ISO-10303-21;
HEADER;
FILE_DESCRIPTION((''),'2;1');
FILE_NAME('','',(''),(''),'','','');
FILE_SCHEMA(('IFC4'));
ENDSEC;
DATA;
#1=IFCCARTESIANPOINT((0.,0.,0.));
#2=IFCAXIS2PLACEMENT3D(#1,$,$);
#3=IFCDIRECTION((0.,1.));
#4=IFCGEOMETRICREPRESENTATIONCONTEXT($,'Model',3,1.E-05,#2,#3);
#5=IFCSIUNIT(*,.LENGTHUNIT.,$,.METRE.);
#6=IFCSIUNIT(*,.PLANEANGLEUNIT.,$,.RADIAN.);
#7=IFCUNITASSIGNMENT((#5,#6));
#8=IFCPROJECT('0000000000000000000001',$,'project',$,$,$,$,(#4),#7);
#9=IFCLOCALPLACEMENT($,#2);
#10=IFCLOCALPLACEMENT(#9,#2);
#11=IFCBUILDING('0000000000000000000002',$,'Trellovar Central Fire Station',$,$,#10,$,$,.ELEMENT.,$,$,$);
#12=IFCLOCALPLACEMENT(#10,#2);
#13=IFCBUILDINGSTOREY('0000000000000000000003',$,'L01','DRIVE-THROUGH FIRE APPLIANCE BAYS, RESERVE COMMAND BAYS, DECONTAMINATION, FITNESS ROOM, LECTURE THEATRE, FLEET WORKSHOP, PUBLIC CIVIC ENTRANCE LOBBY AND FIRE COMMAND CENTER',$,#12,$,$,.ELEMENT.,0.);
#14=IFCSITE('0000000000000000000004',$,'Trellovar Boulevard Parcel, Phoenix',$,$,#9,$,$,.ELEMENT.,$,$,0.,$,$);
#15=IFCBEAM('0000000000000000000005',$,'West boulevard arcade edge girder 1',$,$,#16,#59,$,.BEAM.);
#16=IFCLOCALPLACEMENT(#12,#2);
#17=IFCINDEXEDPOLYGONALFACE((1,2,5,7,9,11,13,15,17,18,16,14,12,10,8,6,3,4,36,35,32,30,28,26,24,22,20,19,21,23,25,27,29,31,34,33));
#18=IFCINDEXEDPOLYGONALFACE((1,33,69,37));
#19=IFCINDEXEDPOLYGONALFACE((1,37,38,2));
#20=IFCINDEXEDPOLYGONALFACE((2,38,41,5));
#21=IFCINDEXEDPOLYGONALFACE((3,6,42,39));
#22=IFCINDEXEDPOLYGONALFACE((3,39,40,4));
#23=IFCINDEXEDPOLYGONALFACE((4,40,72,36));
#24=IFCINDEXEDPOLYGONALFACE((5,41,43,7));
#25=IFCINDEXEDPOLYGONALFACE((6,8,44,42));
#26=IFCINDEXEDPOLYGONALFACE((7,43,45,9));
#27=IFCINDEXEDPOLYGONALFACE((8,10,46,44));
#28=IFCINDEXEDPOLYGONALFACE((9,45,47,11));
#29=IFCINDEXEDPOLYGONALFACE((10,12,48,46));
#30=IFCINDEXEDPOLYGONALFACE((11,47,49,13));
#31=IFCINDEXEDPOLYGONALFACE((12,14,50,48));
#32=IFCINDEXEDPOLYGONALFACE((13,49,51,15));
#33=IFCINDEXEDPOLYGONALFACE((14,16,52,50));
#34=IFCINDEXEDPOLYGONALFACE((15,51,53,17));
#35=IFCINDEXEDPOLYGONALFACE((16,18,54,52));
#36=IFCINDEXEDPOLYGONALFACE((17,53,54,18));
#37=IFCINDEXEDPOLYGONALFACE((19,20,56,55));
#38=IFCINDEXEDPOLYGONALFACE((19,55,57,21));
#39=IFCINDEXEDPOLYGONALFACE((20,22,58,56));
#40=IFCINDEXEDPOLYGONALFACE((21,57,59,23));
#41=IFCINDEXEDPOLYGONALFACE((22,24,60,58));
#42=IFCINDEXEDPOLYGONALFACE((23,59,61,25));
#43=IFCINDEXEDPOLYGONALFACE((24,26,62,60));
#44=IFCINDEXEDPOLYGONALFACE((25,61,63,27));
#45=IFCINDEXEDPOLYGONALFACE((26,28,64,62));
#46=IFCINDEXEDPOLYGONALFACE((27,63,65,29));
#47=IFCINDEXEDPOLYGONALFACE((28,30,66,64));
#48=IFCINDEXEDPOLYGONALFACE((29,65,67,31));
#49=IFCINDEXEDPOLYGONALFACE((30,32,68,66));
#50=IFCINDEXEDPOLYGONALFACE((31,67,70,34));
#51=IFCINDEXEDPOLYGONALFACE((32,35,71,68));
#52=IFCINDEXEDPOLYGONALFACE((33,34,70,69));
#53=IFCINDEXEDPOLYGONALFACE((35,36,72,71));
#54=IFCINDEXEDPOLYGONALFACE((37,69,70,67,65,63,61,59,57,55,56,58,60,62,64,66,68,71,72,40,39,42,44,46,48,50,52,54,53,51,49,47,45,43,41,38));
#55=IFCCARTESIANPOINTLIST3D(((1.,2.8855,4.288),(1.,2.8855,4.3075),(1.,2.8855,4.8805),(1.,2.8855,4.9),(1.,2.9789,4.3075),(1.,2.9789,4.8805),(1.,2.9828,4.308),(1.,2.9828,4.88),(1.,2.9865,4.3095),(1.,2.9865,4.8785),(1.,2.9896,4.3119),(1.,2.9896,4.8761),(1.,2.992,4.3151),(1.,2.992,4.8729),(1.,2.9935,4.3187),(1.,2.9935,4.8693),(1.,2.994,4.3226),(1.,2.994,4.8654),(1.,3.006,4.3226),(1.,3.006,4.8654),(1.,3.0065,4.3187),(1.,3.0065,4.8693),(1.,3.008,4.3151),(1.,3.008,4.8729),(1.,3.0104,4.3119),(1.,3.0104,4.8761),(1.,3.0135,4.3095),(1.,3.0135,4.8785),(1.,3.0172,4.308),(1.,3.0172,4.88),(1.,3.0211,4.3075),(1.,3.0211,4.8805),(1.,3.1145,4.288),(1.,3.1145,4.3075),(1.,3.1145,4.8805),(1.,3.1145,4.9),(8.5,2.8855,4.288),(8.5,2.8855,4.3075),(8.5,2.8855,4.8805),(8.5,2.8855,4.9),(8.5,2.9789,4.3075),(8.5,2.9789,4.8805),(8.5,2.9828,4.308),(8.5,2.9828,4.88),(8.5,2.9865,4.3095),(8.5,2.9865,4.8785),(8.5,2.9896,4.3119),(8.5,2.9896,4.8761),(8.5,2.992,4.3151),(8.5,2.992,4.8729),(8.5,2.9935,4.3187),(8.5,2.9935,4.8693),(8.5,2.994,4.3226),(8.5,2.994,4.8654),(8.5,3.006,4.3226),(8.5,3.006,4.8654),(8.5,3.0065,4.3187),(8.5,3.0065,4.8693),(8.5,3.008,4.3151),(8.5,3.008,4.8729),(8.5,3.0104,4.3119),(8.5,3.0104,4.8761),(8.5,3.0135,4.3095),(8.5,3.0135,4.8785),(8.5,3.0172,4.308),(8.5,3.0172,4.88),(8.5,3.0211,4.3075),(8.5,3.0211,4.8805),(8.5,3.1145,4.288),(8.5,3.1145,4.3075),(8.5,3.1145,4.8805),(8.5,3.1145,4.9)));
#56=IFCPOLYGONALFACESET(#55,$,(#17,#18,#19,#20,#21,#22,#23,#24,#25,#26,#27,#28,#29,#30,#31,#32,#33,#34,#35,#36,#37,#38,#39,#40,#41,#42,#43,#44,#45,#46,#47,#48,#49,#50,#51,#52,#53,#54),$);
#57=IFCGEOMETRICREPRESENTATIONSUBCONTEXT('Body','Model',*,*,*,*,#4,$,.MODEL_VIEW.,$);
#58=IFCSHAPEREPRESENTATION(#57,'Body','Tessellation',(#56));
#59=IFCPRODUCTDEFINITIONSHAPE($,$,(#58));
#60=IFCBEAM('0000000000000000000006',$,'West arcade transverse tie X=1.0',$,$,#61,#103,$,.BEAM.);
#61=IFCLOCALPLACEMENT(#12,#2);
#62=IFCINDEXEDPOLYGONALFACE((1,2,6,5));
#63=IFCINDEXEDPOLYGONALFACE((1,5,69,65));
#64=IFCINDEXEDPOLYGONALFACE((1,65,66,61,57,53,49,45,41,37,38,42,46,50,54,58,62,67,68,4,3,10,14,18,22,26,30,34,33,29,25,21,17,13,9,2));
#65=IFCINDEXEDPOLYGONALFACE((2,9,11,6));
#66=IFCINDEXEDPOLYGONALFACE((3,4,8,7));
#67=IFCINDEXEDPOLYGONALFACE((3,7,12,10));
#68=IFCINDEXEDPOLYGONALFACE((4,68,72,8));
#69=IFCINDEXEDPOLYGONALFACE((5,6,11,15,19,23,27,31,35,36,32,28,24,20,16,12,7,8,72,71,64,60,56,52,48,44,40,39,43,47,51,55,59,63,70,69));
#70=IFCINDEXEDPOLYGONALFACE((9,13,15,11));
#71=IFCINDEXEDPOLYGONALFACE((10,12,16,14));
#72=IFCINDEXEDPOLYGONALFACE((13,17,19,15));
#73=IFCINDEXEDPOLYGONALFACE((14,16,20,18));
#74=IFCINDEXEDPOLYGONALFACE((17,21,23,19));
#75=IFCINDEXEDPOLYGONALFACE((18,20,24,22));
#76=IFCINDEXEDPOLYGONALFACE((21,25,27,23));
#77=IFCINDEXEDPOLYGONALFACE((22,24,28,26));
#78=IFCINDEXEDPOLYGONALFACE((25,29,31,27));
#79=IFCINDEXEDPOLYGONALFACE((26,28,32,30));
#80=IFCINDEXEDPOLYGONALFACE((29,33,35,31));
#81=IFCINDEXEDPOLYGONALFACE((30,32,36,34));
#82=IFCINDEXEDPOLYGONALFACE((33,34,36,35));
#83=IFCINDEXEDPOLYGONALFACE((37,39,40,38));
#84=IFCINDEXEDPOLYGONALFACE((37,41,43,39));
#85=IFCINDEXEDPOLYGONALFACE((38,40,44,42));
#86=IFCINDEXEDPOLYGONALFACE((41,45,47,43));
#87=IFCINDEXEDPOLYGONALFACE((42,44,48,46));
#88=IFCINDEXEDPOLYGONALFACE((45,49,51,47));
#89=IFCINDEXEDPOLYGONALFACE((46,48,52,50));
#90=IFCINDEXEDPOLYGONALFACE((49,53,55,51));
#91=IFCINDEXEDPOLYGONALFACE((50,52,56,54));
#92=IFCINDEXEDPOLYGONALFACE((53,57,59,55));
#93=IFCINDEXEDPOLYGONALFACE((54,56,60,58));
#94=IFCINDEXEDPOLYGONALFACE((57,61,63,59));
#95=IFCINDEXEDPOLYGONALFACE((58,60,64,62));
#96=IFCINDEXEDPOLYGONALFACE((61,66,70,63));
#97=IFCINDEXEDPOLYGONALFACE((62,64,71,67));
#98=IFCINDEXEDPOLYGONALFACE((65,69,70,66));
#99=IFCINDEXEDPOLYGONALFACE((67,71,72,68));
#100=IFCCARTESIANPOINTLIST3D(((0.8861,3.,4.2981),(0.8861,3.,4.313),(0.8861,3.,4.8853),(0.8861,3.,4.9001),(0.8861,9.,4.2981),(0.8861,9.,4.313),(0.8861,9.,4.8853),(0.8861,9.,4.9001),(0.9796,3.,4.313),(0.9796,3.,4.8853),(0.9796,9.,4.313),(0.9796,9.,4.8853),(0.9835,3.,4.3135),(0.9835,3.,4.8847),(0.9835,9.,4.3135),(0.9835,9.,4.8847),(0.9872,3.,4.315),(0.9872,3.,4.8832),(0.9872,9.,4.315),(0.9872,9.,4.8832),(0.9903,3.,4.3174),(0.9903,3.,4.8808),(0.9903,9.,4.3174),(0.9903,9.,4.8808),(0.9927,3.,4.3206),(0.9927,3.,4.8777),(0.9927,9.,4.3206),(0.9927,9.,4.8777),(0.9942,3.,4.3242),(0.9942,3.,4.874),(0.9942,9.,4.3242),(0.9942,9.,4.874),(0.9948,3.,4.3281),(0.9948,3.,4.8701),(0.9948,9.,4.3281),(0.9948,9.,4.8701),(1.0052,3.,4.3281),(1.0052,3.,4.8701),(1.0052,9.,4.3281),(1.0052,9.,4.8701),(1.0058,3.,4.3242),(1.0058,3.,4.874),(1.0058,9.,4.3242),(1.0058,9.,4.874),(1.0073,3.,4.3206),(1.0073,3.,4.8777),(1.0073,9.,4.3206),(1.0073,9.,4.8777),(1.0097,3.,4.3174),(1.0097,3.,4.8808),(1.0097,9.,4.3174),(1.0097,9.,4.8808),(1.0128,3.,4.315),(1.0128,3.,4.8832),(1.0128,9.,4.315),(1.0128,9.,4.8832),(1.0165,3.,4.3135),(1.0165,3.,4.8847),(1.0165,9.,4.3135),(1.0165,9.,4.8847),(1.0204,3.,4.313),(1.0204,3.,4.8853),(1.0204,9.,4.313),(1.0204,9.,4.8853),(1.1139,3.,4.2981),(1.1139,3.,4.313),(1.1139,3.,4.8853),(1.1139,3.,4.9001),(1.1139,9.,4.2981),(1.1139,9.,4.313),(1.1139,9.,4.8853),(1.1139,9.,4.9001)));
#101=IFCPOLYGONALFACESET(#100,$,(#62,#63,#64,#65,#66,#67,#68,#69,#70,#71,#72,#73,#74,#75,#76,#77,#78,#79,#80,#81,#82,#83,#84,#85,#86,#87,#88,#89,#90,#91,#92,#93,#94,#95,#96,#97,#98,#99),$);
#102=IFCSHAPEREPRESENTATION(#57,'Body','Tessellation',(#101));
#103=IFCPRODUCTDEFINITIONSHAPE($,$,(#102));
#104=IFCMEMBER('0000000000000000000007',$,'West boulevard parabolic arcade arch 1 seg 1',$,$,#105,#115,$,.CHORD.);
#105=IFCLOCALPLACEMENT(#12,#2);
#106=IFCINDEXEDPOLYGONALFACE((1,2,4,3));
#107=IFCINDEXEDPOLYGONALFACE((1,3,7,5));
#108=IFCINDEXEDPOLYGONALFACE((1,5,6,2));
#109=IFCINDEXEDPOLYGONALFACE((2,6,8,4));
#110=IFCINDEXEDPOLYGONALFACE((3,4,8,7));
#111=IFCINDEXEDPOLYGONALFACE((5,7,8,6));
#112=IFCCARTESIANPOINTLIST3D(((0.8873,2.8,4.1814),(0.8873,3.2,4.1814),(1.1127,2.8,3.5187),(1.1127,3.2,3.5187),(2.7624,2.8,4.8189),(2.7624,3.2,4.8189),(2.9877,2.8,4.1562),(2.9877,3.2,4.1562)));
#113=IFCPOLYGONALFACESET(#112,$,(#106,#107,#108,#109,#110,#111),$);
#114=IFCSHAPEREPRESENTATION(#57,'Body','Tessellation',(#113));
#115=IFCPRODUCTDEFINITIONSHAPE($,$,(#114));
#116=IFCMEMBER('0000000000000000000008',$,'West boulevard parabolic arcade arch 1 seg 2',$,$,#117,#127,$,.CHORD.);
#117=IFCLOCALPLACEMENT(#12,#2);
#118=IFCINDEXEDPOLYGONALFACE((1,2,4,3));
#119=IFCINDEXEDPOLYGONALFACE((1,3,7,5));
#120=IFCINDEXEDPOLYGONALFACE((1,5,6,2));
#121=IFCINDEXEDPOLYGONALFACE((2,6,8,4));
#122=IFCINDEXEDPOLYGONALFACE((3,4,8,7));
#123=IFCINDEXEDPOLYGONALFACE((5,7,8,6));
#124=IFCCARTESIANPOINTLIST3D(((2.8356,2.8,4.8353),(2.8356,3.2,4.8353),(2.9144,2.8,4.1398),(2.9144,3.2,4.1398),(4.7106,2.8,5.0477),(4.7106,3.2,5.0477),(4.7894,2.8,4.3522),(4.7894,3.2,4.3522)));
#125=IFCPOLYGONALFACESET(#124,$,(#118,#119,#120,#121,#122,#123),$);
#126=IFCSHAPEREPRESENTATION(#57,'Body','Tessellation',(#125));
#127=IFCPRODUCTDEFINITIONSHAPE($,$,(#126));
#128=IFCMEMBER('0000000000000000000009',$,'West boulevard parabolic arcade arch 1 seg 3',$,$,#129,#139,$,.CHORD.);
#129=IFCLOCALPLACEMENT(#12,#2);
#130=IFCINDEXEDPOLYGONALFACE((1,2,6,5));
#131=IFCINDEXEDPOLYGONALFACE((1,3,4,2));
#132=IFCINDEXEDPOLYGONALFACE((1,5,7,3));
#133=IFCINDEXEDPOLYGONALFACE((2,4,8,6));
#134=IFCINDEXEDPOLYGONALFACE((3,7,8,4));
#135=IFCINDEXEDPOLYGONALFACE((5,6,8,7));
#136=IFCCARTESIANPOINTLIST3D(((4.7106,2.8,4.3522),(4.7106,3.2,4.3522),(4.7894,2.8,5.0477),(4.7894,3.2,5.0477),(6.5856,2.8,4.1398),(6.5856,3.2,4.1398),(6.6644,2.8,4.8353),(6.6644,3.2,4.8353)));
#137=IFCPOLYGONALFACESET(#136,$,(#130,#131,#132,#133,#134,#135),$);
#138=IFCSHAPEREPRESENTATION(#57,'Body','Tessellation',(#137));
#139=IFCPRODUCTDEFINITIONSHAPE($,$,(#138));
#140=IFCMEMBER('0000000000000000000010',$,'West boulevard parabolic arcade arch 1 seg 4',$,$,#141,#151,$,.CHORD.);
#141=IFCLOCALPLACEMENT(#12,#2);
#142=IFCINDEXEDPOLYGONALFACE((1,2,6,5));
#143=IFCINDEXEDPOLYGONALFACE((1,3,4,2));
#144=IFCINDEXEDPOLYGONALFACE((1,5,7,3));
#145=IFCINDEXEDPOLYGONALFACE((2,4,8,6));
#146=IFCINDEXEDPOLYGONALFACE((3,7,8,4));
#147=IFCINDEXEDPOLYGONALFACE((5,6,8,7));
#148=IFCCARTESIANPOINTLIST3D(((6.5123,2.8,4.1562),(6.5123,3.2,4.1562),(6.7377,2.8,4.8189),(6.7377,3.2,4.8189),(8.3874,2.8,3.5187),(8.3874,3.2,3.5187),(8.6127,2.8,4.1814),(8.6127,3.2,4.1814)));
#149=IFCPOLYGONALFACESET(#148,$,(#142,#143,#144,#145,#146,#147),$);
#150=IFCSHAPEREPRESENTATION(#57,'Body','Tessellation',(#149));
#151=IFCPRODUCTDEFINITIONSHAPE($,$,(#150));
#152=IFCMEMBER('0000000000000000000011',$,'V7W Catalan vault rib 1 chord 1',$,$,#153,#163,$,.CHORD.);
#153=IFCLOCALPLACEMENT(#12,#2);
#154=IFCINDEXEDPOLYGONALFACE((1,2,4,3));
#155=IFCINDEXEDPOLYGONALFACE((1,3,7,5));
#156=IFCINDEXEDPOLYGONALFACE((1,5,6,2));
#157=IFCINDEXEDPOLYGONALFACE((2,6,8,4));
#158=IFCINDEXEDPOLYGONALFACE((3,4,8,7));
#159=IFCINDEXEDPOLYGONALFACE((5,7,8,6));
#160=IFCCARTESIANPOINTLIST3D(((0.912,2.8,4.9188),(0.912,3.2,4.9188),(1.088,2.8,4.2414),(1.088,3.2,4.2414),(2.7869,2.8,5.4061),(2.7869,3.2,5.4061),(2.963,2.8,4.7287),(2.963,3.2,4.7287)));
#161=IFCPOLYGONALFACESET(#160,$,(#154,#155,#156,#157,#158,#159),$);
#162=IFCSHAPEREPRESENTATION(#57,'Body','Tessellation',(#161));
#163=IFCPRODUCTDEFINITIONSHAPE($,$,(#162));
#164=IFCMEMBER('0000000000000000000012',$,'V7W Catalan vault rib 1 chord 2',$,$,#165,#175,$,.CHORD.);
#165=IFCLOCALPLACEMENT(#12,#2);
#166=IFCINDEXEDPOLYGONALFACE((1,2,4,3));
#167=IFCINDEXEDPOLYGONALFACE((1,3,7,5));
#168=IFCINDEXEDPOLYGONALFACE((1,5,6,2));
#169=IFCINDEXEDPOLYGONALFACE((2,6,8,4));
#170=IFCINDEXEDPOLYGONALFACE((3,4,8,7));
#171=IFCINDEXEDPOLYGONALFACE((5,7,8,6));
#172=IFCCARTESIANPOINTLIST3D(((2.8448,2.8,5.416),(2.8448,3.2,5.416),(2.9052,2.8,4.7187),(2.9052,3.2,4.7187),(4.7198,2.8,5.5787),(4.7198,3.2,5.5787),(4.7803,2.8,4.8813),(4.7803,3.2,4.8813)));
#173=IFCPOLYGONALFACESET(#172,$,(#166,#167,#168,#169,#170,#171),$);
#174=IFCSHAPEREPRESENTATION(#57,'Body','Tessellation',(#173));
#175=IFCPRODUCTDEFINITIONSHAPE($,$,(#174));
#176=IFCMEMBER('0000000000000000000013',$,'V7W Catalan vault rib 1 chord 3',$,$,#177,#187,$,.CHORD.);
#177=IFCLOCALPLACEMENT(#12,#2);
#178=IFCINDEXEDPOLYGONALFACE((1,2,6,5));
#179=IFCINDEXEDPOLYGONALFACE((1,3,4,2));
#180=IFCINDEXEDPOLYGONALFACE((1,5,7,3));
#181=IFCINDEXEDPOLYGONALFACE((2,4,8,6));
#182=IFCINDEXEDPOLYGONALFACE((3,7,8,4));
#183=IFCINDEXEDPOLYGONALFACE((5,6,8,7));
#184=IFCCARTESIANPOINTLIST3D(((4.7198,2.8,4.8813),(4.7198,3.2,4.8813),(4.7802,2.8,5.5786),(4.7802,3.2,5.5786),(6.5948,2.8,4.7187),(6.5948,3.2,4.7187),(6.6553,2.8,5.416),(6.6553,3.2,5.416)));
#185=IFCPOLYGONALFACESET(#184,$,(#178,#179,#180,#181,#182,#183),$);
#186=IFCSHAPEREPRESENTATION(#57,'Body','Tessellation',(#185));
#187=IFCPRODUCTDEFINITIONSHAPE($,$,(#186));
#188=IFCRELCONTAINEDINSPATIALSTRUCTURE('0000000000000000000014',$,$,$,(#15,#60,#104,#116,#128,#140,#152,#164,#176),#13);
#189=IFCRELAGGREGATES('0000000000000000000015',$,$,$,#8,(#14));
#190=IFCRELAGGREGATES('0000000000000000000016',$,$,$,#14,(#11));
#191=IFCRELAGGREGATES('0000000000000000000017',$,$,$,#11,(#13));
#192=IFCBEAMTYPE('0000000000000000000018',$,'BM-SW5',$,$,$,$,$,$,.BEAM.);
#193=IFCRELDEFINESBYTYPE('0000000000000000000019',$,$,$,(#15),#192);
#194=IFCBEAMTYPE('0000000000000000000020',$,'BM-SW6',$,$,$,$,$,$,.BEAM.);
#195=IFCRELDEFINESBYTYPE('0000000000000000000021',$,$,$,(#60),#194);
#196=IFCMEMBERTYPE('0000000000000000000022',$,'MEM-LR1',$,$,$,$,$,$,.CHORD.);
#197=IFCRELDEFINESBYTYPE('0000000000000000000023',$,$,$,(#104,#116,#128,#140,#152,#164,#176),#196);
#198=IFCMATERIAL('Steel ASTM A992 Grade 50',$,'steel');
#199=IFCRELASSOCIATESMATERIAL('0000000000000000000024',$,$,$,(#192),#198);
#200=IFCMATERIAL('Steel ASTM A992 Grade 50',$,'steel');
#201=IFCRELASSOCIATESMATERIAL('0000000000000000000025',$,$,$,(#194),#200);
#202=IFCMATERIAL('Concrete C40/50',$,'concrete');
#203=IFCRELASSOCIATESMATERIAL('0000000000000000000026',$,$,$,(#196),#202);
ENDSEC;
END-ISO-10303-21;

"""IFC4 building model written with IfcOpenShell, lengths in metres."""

from ifc_helpers import new_model, si_unit, direction, frame, origin, origin_2d, place, context, subcontext, project, spatial, rectangle, i_section, extrude, material, material_profile, profile_set, type_object, element, save


model = new_model("IFC4")

# Units and contexts
model_context = context("Model", 3, precision=1e-05, world=origin(), true_north=direction((0.0, 1.0)))
body_context = subcontext(model_context, "Body", "Model", "MODEL_VIEW")
ifc_project = project(units=[si_unit("LENGTHUNIT", "METRE"), si_unit("PLANEANGLEUNIT", "RADIAN")], contexts=[model_context])

# Site, building, storey
site_placement = place(None, origin())
site = spatial("IfcSite", under=ifc_project, at=site_placement, Name="Trellovar Boulevard Parcel, Phoenix", CompositionType="ELEMENT", RefElevation=0.0)
building_placement = place(site_placement, origin())
building = spatial("IfcBuilding", under=site, at=building_placement, Name="Trellovar Central Fire Station", CompositionType="ELEMENT")
storey_placement = place(building_placement, origin())
storey = spatial("IfcBuildingStorey", under=building, at=storey_placement, Name="L01", Description="DRIVE-THROUGH FIRE APPLIANCE BAYS, RESERVE COMMAND BAYS, DECONTAMINATION, FITNESS ROOM, LECTURE THEATRE, FLEET WORKSHOP, PUBLIC CIVIC ENTRANCE LOBBY AND FIRE COMMAND CENTER", CompositionType="ELEMENT", Elevation=0.0)

# Beams
ifc_material_1 = material(Name="Steel ASTM A992 Grade 50", Category="steel")
ifc_material_profile_1 = material_profile(ifc_material_1, i_section(OverallWidth=0.229, OverallDepth=0.6121, WebThickness=0.012, FlangeThickness=0.0195, FilletRadius=0.0151, at=origin_2d()), Name="W24X84")
ifc_profile_set_1 = profile_set([ifc_material_profile_1], Name="Steel ASTM A992 Grade 50")
beam_type_1 = type_object("IfcBeamType", Name="BM-SW5", PredefinedType="BEAM", material=ifc_profile_set_1)
beam_1_placement = place(storey_placement, frame((1.0, 3.0, 4.594), z_axis=(1.0, 0.0, 0.0), x_axis=(0.0, 1.0, 0.0)))
element("IfcBeam", 1, at=beam_1_placement, inside=storey, type_object=beam_type_1, Name="West boulevard arcade edge girder 1", PredefinedType="BEAM", context=body_context, shape_type="SweptSolid", body=[
    extrude(i_section(OverallWidth=0.229, OverallDepth=0.6121, WebThickness=0.012, FlangeThickness=0.0195, FilletRadius=0.0151, at=origin_2d()), origin(), (0.0, 0.0, 1.0), 7.5),
])
ifc_material_2 = material(Name="Steel ASTM A992 Grade 50", Category="steel")
ifc_material_profile_2 = material_profile(ifc_material_2, i_section(OverallWidth=0.2278, OverallDepth=0.6021, WebThickness=0.0105, FlangeThickness=0.0149, FilletRadius=0.0151, at=origin_2d()), Name="W24X68")
ifc_profile_set_2 = profile_set([ifc_material_profile_2], Name="Steel ASTM A992 Grade 50")
beam_type_2 = type_object("IfcBeamType", Name="BM-SW6", PredefinedType="BEAM", material=ifc_profile_set_2)
beam_2_placement = place(storey_placement, frame((1.0, 3.0, 4.5991), z_axis=(0.0, 1.0, 0.0), x_axis=(-1.0, 0.0, 0.0)))
element("IfcBeam", 2, at=beam_2_placement, inside=storey, type_object=beam_type_2, Name="West arcade transverse tie X=1.0", PredefinedType="BEAM", context=body_context, shape_type="SweptSolid", body=[
    extrude(i_section(OverallWidth=0.2278, OverallDepth=0.6021, WebThickness=0.0105, FlangeThickness=0.0149, FilletRadius=0.0151, at=origin_2d()), origin(), (0.0, 0.0, 1.0), 6.0),
])

# Members
ifc_material_3 = material(Name="Concrete C40/50", Category="concrete")
ifc_material_profile_3 = material_profile(ifc_material_3, rectangle(XDim=0.3999, YDim=0.7, at=origin_2d()), Name="RC400X700")
ifc_profile_set_3 = profile_set([ifc_material_profile_3], Name="Concrete C40/50")
member_type_1 = type_object("IfcMemberType", Name="MEM-LR1", PredefinedType="CHORD", material=ifc_profile_set_3)
member_1_placement = place(storey_placement, frame((1.0, 3.0, 3.8501), z_axis=(0.94678, 0.0, 0.321881), x_axis=(0.0, 1.0, 0.0)))
element("IfcMember", 3, at=member_1_placement, inside=storey, type_object=member_type_1, Name="West boulevard parabolic arcade arch 1 seg 1", PredefinedType="CHORD", context=body_context, shape_type="SweptSolid", body=[
    extrude(rectangle(XDim=0.3999, YDim=0.7, at=origin_2d()), origin(), (0.0, 0.0, 1.0), 1.9805),
])
for number, where, z_axis, x_axis, name in (
    (4, (2.875, 3.0, 4.4875), (0.993645, 0.0, 0.112561), (0.0, 1.0, 0.0), "West boulevard parabolic arcade arch 1 seg 2"),
    (5, (4.75, 3.0, 4.7), (0.993645, 0.0, -0.112561), (0.0, 1.0, 0.0), "West boulevard parabolic arcade arch 1 seg 3"),
):
    element("IfcMember", number, at=place(storey_placement, frame(where, z_axis=z_axis, x_axis=x_axis)), inside=storey, type_object=member_type_1, Name=name, PredefinedType="CHORD", context=body_context, shape_type="SweptSolid", body=[
        extrude(rectangle(XDim=0.3999, YDim=0.7, at=origin_2d()), origin(), (0.0, 0.0, 1.0), 1.887),
    ])
member_2_placement = place(storey_placement, frame((6.625, 3.0, 4.4875), z_axis=(0.94678, 0.0, -0.321881), x_axis=(0.0, 1.0, 0.0)))
element("IfcMember", 6, at=member_2_placement, inside=storey, type_object=member_type_1, Name="West boulevard parabolic arcade arch 1 seg 4", PredefinedType="CHORD", context=body_context, shape_type="SweptSolid", body=[
    extrude(rectangle(XDim=0.3999, YDim=0.7, at=origin_2d()), origin(), (0.0, 0.0, 1.0), 1.9805),
])
member_3_placement = place(storey_placement, frame((1.0, 3.0, 4.5801), z_axis=(0.967847, 0.0, 0.251539), x_axis=(0.0, 1.0, 0.0)))
element("IfcMember", 7, at=member_3_placement, inside=storey, type_object=member_type_1, Name="V7W Catalan vault rib 1 chord 1", PredefinedType="CHORD", context=body_context, shape_type="SweptSolid", body=[
    extrude(rectangle(XDim=0.3999, YDim=0.7, at=origin_2d()), origin(), (0.0, 0.0, 1.0), 1.9373),
])
for number, where, z_axis, x_axis, name in (
    (8, (2.875, 3.0, 5.0674), (0.996261, 0.0, 0.086395), (0.0, 1.0, 0.0), "V7W Catalan vault rib 1 chord 2"),
    (9, (4.75, 3.0, 5.23), (0.996261, 0.0, -0.086395), (0.0, 1.0, 0.0), "V7W Catalan vault rib 1 chord 3"),
):
    element("IfcMember", number, at=place(storey_placement, frame(where, z_axis=z_axis, x_axis=x_axis)), inside=storey, type_object=member_type_1, Name=name, PredefinedType="CHORD", context=body_context, shape_type="SweptSolid", body=[
        extrude(rectangle(XDim=0.3999, YDim=0.7, at=origin_2d()), origin(), (0.0, 0.0, 1.0), 1.8821),
    ])

save(model, "model.ifc")
